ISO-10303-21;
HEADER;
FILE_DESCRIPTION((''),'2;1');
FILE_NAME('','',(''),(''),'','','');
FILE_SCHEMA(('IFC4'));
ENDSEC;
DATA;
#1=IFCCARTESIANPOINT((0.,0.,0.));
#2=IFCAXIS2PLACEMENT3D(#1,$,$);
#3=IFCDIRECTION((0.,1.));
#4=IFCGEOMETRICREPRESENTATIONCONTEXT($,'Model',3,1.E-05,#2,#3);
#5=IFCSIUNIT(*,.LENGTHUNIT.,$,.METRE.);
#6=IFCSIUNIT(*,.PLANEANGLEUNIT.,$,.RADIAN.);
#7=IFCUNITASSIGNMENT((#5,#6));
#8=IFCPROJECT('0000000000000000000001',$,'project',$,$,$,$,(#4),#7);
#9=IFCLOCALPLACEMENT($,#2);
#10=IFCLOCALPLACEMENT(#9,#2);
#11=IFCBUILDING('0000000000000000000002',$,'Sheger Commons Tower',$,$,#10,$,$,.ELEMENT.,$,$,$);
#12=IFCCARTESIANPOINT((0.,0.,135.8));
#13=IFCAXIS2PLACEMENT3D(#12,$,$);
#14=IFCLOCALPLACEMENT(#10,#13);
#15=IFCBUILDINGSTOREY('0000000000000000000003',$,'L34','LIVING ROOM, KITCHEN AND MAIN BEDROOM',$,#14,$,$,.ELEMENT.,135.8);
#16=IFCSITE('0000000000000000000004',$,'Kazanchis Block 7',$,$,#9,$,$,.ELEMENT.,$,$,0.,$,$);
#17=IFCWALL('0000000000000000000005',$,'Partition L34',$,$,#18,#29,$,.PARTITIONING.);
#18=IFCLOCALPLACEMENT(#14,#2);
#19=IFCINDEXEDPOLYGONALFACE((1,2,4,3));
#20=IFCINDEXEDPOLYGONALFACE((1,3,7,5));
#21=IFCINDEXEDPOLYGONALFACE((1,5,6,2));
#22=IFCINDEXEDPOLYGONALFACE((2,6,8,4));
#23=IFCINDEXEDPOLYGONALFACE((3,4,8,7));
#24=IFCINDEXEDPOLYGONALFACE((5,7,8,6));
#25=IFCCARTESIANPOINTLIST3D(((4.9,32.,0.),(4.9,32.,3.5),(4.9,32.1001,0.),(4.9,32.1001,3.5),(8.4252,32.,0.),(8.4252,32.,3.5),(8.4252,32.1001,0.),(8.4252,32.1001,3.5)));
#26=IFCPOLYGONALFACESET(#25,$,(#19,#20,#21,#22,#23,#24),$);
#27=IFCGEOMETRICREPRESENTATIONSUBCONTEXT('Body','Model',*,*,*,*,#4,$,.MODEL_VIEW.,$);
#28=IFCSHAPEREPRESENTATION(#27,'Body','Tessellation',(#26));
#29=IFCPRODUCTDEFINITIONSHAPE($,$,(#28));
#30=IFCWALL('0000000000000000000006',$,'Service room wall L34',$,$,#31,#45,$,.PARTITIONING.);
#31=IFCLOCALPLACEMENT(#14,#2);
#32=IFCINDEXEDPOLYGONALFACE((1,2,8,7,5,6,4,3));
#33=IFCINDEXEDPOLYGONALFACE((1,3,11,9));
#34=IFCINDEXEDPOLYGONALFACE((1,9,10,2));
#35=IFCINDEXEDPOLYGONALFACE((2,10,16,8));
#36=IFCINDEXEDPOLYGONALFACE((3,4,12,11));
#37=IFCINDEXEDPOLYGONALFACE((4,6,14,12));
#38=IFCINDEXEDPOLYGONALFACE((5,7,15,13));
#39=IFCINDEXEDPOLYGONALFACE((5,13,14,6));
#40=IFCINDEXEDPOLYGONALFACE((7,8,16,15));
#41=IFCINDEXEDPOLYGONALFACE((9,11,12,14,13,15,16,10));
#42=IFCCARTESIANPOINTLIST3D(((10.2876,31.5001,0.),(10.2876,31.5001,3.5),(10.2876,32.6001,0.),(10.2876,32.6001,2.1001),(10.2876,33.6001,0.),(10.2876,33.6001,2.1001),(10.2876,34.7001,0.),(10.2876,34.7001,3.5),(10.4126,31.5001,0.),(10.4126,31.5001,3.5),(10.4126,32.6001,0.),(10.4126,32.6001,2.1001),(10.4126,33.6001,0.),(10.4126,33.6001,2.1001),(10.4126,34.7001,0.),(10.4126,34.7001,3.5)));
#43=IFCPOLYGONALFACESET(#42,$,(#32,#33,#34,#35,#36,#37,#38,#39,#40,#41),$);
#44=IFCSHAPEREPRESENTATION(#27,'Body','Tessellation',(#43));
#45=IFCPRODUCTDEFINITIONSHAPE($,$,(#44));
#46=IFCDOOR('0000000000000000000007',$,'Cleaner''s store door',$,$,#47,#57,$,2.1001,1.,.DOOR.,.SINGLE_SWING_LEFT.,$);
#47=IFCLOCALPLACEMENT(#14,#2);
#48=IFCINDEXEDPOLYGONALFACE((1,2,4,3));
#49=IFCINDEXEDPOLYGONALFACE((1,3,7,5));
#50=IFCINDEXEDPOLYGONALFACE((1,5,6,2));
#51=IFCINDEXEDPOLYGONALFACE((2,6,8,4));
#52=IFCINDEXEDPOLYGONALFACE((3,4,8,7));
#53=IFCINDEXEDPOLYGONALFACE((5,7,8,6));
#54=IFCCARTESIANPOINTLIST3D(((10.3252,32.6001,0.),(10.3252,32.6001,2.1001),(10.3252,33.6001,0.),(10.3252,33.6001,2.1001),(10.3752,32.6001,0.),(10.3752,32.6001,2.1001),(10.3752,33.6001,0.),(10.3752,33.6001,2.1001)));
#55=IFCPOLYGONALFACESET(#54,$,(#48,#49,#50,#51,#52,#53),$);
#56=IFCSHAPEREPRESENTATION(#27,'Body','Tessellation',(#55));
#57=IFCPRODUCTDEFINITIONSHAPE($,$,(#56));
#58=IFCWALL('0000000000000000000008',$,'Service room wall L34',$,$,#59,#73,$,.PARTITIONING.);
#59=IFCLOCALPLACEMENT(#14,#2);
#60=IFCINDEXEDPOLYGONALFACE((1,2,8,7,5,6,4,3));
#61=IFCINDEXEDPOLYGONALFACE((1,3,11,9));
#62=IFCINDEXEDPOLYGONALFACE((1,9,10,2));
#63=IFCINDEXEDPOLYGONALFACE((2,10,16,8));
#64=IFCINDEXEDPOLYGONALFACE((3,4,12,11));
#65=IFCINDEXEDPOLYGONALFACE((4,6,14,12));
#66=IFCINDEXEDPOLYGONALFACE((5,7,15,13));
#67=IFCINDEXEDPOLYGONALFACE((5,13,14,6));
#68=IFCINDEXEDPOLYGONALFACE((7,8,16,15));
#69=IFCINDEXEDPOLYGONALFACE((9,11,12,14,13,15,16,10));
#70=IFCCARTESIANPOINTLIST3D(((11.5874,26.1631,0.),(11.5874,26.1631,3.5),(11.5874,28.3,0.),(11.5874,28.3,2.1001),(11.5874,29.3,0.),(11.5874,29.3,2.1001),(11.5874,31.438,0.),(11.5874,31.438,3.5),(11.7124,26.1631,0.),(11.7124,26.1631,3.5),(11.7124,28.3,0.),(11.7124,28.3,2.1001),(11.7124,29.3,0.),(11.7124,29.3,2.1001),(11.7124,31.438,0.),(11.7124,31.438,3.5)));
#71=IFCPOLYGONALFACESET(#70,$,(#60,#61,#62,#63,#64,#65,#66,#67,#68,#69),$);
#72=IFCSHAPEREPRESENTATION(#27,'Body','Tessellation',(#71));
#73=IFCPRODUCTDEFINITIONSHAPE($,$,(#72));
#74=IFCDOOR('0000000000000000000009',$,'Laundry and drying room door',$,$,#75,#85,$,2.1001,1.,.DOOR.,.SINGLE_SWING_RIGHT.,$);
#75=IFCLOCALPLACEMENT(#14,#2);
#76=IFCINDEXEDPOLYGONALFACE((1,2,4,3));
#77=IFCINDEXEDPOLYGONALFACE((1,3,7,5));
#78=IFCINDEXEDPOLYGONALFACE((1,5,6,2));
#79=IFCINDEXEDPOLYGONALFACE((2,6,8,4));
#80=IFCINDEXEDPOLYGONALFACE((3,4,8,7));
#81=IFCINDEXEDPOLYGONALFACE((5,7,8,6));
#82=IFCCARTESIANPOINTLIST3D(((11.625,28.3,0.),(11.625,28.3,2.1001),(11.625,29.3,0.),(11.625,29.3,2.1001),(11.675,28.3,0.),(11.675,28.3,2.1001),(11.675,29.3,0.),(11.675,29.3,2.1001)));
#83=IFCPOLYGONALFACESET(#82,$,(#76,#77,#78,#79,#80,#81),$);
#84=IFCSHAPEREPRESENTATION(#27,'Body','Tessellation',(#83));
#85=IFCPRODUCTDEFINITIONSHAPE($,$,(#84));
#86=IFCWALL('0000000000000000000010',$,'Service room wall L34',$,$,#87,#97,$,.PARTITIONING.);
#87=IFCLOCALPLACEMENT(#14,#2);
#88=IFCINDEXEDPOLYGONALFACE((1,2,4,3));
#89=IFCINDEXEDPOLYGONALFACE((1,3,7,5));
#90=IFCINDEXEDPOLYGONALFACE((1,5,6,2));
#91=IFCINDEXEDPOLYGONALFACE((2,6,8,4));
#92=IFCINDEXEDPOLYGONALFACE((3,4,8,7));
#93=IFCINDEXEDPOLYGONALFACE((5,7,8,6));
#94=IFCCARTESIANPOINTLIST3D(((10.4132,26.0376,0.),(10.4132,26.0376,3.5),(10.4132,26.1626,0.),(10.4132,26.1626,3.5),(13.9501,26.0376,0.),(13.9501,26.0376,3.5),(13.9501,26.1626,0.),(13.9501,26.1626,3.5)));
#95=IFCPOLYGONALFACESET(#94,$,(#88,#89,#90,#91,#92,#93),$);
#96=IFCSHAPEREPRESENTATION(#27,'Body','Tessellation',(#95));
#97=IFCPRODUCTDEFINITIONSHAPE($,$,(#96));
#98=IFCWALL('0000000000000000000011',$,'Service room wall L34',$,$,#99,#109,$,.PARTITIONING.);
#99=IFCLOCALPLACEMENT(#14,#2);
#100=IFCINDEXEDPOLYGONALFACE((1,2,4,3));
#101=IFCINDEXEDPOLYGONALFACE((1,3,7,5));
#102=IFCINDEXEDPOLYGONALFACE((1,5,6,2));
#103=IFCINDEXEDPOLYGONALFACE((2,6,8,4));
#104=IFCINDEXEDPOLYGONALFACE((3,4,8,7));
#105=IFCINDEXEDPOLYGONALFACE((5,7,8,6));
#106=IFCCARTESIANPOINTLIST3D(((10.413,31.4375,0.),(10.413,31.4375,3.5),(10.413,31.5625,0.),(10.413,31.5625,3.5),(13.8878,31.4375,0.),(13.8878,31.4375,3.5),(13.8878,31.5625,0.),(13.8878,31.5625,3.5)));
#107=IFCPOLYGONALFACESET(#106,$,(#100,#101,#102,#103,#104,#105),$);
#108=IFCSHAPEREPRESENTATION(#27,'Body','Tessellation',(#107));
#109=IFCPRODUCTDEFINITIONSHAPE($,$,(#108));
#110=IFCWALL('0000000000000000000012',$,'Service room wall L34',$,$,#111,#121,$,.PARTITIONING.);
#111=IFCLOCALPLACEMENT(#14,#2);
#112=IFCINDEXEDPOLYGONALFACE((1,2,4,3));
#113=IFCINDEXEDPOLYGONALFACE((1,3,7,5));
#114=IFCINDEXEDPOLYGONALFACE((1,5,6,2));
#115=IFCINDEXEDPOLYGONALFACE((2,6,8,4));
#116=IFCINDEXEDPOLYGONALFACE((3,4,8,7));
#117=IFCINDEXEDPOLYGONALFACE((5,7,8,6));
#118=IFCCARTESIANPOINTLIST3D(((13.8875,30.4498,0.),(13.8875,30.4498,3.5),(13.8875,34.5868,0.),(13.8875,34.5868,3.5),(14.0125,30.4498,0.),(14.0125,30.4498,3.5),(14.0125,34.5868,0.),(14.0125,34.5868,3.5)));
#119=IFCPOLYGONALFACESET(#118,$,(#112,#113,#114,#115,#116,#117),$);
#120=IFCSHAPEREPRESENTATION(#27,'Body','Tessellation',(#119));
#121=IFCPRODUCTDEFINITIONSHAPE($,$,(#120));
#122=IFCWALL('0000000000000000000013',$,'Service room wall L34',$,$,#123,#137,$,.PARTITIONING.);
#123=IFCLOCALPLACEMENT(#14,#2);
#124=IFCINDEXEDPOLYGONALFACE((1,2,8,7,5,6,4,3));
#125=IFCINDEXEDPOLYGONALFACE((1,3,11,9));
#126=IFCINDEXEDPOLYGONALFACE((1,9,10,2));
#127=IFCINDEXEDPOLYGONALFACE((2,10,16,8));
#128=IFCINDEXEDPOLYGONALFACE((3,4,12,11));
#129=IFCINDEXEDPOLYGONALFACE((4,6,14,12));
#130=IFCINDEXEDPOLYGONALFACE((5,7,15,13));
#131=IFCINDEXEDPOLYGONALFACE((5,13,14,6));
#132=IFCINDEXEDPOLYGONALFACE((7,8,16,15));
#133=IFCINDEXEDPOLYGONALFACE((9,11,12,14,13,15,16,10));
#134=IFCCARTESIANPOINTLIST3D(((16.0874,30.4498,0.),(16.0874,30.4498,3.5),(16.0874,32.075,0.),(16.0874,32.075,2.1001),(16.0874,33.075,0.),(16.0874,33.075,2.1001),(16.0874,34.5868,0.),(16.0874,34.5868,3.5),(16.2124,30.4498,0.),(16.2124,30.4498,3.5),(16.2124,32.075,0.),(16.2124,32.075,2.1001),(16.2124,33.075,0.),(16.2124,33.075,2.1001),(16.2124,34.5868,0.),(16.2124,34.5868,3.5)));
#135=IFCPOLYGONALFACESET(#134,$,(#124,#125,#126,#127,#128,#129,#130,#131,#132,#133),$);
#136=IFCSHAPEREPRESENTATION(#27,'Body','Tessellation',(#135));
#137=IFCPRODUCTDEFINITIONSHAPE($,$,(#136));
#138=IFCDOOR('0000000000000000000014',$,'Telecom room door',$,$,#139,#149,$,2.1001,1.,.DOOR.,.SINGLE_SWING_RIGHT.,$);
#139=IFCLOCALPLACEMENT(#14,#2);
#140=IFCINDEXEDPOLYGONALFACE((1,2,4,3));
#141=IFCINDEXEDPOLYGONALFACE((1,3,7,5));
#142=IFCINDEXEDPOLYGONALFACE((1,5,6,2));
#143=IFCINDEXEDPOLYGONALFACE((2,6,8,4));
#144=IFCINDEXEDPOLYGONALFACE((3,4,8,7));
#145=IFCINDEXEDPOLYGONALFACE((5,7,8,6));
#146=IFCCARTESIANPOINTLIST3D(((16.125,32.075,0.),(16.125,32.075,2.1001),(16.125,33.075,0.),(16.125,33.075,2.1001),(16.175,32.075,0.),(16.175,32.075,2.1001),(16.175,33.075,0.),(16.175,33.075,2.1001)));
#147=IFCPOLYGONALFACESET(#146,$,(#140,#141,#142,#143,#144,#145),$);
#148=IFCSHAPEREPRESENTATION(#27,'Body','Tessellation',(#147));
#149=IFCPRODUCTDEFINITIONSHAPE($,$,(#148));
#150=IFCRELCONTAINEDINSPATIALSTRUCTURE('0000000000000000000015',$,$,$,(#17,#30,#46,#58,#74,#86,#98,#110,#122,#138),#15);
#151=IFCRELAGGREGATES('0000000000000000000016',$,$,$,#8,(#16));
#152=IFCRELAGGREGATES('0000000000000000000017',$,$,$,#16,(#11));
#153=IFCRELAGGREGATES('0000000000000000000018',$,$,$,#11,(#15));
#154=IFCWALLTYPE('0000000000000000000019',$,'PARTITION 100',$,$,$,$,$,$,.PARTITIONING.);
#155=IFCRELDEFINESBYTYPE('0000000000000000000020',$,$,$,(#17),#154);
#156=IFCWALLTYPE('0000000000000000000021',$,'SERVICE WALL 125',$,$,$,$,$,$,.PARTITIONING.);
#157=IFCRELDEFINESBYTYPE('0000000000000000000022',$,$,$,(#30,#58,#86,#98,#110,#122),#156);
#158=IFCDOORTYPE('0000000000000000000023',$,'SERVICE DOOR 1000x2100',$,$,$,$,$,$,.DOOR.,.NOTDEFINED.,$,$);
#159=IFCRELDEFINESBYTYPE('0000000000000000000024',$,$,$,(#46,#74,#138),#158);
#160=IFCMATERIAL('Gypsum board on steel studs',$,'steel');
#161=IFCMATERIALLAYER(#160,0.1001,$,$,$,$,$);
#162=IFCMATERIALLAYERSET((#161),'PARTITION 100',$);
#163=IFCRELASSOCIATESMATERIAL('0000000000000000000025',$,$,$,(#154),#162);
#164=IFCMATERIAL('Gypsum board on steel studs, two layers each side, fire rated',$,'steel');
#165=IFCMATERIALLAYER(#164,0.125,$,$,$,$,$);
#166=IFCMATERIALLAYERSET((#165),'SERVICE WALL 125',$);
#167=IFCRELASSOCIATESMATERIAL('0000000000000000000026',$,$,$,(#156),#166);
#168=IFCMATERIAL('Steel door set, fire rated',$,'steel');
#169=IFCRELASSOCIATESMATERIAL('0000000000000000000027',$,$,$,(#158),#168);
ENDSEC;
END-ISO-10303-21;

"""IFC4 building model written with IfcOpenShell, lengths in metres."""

from ifc_helpers import new_model, si_unit, direction, frame, frame_2d, origin, place, context, subcontext, project, spatial, rectangle, extrude, material, layer, layer_set, type_object, element, fill, save


model = new_model("IFC4")

# Units and contexts
model_context = context("Model", 3, precision=1e-05, world=origin(), true_north=direction((0.0, 1.0)))
body_context = subcontext(model_context, "Body", "Model", "MODEL_VIEW")
ifc_project = project(units=[si_unit("LENGTHUNIT", "METRE"), si_unit("PLANEANGLEUNIT", "RADIAN")], contexts=[model_context])

# Site, building, storey
site_placement = place(None, origin())
site = spatial("IfcSite", under=ifc_project, at=site_placement, Name="Kazanchis Block 7", CompositionType="ELEMENT", RefElevation=0.0)
building_placement = place(site_placement, origin())
building = spatial("IfcBuilding", under=site, at=building_placement, Name="Sheger Commons Tower", CompositionType="ELEMENT")
storey_placement = place(building_placement, frame((0.0, 0.0, 135.8)))
storey = spatial("IfcBuildingStorey", under=building, at=storey_placement, Name="L34", Description="LIVING ROOM, KITCHEN AND MAIN BEDROOM", CompositionType="ELEMENT", Elevation=135.8)

# Shared definitions
ifc_material_1 = material(Name="Gypsum board on steel studs", Category="steel")
ifc_layer_1 = layer(ifc_material_1, 0.1001)
ifc_layer_set_1 = layer_set([ifc_layer_1], Name="PARTITION 100")
wall_type_1 = type_object("IfcWallType", Name="PARTITION 100", PredefinedType="PARTITIONING", material=ifc_layer_set_1)

# Wall
wall_1_placement = place(storey_placement, frame((4.8999, 32.05, 0.0), z_axis=(0.0, 0.0, 1.0), x_axis=(1.0, 0.0, 0.0)))
element("IfcWall", 1, at=wall_1_placement, inside=storey, type_object=wall_type_1, Name="Partition L34", PredefinedType="PARTITIONING", context=body_context, shape_type="SweptSolid", body=[
    extrude(rectangle(XDim=3.5251, YDim=0.1001, at=frame_2d((1.7627, 0.0))), origin(), (0.0, 0.0, 1.0), 3.5),
])

# Walls, openings, doors
ifc_material_2 = material(Name="Gypsum board on steel studs, two layers each side, fire rated", Category="steel")
ifc_layer_2 = layer(ifc_material_2, 0.125)
ifc_layer_set_2 = layer_set([ifc_layer_2], Name="SERVICE WALL 125")
wall_type_2 = type_object("IfcWallType", Name="SERVICE WALL 125", PredefinedType="PARTITIONING", material=ifc_layer_set_2)
wall_2_placement = place(storey_placement, frame((10.3501, 31.5, 0.0), z_axis=(0.0, 0.0, 1.0), x_axis=(0.0, 1.0, 0.0)))
wall_2 = element("IfcWall", 2, at=wall_2_placement, inside=storey, type_object=wall_type_2, Name="Service room wall L34", PredefinedType="PARTITIONING", context=body_context, shape_type="SweptSolid", body=[
    extrude(rectangle(XDim=3.2, YDim=0.125, at=frame_2d((1.6001, 0.0))), origin(), (0.0, 0.0, 1.0), 3.5),
])
opening_1_placement = place(wall_2_placement, frame((1.1001, 0.0, 0.0)))
opening_1 = element("IfcOpeningElement", 3, at=opening_1_placement, cuts=wall_2, PredefinedType="OPENING", context=body_context, shape_type="SweptSolid", body=[
    extrude(rectangle(XDim=1.0, YDim=2.1001, at=frame_2d((0.5, 1.05))), frame((0.0, 0.0725, 0.0), z_axis=(0.0, -1.0, 0.0), x_axis=(1.0, 0.0, 0.0)), (0.0, 0.0, 1.0), 0.145),
])
ifc_material_3 = material(Name="Steel door set, fire rated", Category="steel")
door_type_1 = type_object("IfcDoorType", Name="SERVICE DOOR 1000x2100", OperationType="NOTDEFINED", PredefinedType="DOOR", material=ifc_material_3)
door_1_placement = place(opening_1_placement, origin())
door_1 = element("IfcDoor", 4, at=door_1_placement, inside=storey, type_object=door_type_1, Name="Cleaner's store door", OperationType="SINGLE_SWING_LEFT", OverallHeight=2.1001, OverallWidth=1.0, PredefinedType="DOOR", context=body_context, shape_type="SweptSolid", body=[
    extrude(rectangle(XDim=1.0, YDim=2.1001, at=frame_2d((0.5, 1.05))), frame((0.0, 0.0249, 0.0), z_axis=(0.0, -1.0, 0.0), x_axis=(1.0, 0.0, 0.0)), (0.0, 0.0, 1.0), 0.05),
])
fill(opening_1, door_1)
wall_3_placement = place(storey_placement, frame((11.6499, 26.1631, 0.0), z_axis=(0.0, 0.0, 1.0), x_axis=(0.0, 1.0, 0.0)))
wall_3 = element("IfcWall", 5, at=wall_3_placement, inside=storey, type_object=wall_type_2, Name="Service room wall L34", PredefinedType="PARTITIONING", context=body_context, shape_type="SweptSolid", body=[
    extrude(rectangle(XDim=5.2749, YDim=0.125, at=frame_2d((2.6375, 0.0))), origin(), (0.0, 0.0, 1.0), 3.5),
])
opening_2_placement = place(wall_3_placement, frame((2.137, 0.0, 0.0)))
opening_2 = element("IfcOpeningElement", 6, at=opening_2_placement, cuts=wall_3, PredefinedType="OPENING", context=body_context, shape_type="SweptSolid", body=[
    extrude(rectangle(XDim=1.0, YDim=2.1001, at=frame_2d((0.5, 1.05))), frame((0.0, 0.0725, 0.0), z_axis=(0.0, -1.0, 0.0), x_axis=(1.0, 0.0, 0.0)), (0.0, 0.0, 1.0), 0.145),
])
door_2_placement = place(opening_2_placement, origin())
door_2 = element("IfcDoor", 7, at=door_2_placement, inside=storey, type_object=door_type_1, Name="Laundry and drying room door", OperationType="SINGLE_SWING_RIGHT", OverallHeight=2.1001, OverallWidth=1.0, PredefinedType="DOOR", context=body_context, shape_type="SweptSolid", body=[
    extrude(rectangle(XDim=1.0, YDim=2.1001, at=frame_2d((0.5, 1.05))), frame((0.0, 0.0249, 0.0), z_axis=(0.0, -1.0, 0.0), x_axis=(1.0, 0.0, 0.0)), (0.0, 0.0, 1.0), 0.05),
])
fill(opening_2, door_2)

# Walls
wall_4_placement = place(storey_placement, frame((10.4131, 26.1001, 0.0), z_axis=(0.0, 0.0, 1.0), x_axis=(1.0, 0.0, 0.0)))
element("IfcWall", 8, at=wall_4_placement, inside=storey, type_object=wall_type_2, Name="Service room wall L34", PredefinedType="PARTITIONING", context=body_context, shape_type="SweptSolid", body=[
    extrude(rectangle(XDim=3.5369, YDim=0.125, at=frame_2d((1.7686, 0.0))), origin(), (0.0, 0.0, 1.0), 3.5),
])
wall_5_placement = place(storey_placement, frame((10.4131, 31.5, 0.0), z_axis=(0.0, 0.0, 1.0), x_axis=(1.0, 0.0, 0.0)))
element("IfcWall", 9, at=wall_5_placement, inside=storey, type_object=wall_type_2, Name="Service room wall L34", PredefinedType="PARTITIONING", context=body_context, shape_type="SweptSolid", body=[
    extrude(rectangle(XDim=3.4749, YDim=0.125, at=frame_2d((1.7373, 0.0))), origin(), (0.0, 0.0, 1.0), 3.5),
])
wall_6_placement = place(storey_placement, frame((13.95, 30.45, 0.0), z_axis=(0.0, 0.0, 1.0), x_axis=(0.0, 1.0, 0.0)))
element("IfcWall", 10, at=wall_6_placement, inside=storey, type_object=wall_type_2, Name="Service room wall L34", PredefinedType="PARTITIONING", context=body_context, shape_type="SweptSolid", body=[
    extrude(rectangle(XDim=4.137, YDim=0.125, at=frame_2d((2.0684, 0.0))), origin(), (0.0, 0.0, 1.0), 3.5),
])

# Wall, opening, door
wall_7_placement = place(storey_placement, frame((16.1499, 30.45, 0.0), z_axis=(0.0, 0.0, 1.0), x_axis=(0.0, 1.0, 0.0)))
wall_7 = element("IfcWall", 11, at=wall_7_placement, inside=storey, type_object=wall_type_2, Name="Service room wall L34", PredefinedType="PARTITIONING", context=body_context, shape_type="SweptSolid", body=[
    extrude(rectangle(XDim=4.137, YDim=0.125, at=frame_2d((2.0684, 0.0))), origin(), (0.0, 0.0, 1.0), 3.5),
])
opening_3_placement = place(wall_7_placement, frame((1.625, 0.0, 0.0)))
opening_3 = element("IfcOpeningElement", 12, at=opening_3_placement, cuts=wall_7, PredefinedType="OPENING", context=body_context, shape_type="SweptSolid", body=[
    extrude(rectangle(XDim=1.0, YDim=2.1001, at=frame_2d((0.5, 1.05))), frame((0.0, 0.0725, 0.0), z_axis=(0.0, -1.0, 0.0), x_axis=(1.0, 0.0, 0.0)), (0.0, 0.0, 1.0), 0.145),
])
door_3_placement = place(opening_3_placement, origin())
door_3 = element("IfcDoor", 13, at=door_3_placement, inside=storey, type_object=door_type_1, Name="Telecom room door", OperationType="SINGLE_SWING_RIGHT", OverallHeight=2.1001, OverallWidth=1.0, PredefinedType="DOOR", context=body_context, shape_type="SweptSolid", body=[
    extrude(rectangle(XDim=1.0, YDim=2.1001, at=frame_2d((0.5, 1.05))), frame((0.0, 0.0249, 0.0), z_axis=(0.0, -1.0, 0.0), x_axis=(1.0, 0.0, 0.0)), (0.0, 0.0, 1.0), 0.05),
])
fill(opening_3, door_3)

save(model, "model.ifc")
